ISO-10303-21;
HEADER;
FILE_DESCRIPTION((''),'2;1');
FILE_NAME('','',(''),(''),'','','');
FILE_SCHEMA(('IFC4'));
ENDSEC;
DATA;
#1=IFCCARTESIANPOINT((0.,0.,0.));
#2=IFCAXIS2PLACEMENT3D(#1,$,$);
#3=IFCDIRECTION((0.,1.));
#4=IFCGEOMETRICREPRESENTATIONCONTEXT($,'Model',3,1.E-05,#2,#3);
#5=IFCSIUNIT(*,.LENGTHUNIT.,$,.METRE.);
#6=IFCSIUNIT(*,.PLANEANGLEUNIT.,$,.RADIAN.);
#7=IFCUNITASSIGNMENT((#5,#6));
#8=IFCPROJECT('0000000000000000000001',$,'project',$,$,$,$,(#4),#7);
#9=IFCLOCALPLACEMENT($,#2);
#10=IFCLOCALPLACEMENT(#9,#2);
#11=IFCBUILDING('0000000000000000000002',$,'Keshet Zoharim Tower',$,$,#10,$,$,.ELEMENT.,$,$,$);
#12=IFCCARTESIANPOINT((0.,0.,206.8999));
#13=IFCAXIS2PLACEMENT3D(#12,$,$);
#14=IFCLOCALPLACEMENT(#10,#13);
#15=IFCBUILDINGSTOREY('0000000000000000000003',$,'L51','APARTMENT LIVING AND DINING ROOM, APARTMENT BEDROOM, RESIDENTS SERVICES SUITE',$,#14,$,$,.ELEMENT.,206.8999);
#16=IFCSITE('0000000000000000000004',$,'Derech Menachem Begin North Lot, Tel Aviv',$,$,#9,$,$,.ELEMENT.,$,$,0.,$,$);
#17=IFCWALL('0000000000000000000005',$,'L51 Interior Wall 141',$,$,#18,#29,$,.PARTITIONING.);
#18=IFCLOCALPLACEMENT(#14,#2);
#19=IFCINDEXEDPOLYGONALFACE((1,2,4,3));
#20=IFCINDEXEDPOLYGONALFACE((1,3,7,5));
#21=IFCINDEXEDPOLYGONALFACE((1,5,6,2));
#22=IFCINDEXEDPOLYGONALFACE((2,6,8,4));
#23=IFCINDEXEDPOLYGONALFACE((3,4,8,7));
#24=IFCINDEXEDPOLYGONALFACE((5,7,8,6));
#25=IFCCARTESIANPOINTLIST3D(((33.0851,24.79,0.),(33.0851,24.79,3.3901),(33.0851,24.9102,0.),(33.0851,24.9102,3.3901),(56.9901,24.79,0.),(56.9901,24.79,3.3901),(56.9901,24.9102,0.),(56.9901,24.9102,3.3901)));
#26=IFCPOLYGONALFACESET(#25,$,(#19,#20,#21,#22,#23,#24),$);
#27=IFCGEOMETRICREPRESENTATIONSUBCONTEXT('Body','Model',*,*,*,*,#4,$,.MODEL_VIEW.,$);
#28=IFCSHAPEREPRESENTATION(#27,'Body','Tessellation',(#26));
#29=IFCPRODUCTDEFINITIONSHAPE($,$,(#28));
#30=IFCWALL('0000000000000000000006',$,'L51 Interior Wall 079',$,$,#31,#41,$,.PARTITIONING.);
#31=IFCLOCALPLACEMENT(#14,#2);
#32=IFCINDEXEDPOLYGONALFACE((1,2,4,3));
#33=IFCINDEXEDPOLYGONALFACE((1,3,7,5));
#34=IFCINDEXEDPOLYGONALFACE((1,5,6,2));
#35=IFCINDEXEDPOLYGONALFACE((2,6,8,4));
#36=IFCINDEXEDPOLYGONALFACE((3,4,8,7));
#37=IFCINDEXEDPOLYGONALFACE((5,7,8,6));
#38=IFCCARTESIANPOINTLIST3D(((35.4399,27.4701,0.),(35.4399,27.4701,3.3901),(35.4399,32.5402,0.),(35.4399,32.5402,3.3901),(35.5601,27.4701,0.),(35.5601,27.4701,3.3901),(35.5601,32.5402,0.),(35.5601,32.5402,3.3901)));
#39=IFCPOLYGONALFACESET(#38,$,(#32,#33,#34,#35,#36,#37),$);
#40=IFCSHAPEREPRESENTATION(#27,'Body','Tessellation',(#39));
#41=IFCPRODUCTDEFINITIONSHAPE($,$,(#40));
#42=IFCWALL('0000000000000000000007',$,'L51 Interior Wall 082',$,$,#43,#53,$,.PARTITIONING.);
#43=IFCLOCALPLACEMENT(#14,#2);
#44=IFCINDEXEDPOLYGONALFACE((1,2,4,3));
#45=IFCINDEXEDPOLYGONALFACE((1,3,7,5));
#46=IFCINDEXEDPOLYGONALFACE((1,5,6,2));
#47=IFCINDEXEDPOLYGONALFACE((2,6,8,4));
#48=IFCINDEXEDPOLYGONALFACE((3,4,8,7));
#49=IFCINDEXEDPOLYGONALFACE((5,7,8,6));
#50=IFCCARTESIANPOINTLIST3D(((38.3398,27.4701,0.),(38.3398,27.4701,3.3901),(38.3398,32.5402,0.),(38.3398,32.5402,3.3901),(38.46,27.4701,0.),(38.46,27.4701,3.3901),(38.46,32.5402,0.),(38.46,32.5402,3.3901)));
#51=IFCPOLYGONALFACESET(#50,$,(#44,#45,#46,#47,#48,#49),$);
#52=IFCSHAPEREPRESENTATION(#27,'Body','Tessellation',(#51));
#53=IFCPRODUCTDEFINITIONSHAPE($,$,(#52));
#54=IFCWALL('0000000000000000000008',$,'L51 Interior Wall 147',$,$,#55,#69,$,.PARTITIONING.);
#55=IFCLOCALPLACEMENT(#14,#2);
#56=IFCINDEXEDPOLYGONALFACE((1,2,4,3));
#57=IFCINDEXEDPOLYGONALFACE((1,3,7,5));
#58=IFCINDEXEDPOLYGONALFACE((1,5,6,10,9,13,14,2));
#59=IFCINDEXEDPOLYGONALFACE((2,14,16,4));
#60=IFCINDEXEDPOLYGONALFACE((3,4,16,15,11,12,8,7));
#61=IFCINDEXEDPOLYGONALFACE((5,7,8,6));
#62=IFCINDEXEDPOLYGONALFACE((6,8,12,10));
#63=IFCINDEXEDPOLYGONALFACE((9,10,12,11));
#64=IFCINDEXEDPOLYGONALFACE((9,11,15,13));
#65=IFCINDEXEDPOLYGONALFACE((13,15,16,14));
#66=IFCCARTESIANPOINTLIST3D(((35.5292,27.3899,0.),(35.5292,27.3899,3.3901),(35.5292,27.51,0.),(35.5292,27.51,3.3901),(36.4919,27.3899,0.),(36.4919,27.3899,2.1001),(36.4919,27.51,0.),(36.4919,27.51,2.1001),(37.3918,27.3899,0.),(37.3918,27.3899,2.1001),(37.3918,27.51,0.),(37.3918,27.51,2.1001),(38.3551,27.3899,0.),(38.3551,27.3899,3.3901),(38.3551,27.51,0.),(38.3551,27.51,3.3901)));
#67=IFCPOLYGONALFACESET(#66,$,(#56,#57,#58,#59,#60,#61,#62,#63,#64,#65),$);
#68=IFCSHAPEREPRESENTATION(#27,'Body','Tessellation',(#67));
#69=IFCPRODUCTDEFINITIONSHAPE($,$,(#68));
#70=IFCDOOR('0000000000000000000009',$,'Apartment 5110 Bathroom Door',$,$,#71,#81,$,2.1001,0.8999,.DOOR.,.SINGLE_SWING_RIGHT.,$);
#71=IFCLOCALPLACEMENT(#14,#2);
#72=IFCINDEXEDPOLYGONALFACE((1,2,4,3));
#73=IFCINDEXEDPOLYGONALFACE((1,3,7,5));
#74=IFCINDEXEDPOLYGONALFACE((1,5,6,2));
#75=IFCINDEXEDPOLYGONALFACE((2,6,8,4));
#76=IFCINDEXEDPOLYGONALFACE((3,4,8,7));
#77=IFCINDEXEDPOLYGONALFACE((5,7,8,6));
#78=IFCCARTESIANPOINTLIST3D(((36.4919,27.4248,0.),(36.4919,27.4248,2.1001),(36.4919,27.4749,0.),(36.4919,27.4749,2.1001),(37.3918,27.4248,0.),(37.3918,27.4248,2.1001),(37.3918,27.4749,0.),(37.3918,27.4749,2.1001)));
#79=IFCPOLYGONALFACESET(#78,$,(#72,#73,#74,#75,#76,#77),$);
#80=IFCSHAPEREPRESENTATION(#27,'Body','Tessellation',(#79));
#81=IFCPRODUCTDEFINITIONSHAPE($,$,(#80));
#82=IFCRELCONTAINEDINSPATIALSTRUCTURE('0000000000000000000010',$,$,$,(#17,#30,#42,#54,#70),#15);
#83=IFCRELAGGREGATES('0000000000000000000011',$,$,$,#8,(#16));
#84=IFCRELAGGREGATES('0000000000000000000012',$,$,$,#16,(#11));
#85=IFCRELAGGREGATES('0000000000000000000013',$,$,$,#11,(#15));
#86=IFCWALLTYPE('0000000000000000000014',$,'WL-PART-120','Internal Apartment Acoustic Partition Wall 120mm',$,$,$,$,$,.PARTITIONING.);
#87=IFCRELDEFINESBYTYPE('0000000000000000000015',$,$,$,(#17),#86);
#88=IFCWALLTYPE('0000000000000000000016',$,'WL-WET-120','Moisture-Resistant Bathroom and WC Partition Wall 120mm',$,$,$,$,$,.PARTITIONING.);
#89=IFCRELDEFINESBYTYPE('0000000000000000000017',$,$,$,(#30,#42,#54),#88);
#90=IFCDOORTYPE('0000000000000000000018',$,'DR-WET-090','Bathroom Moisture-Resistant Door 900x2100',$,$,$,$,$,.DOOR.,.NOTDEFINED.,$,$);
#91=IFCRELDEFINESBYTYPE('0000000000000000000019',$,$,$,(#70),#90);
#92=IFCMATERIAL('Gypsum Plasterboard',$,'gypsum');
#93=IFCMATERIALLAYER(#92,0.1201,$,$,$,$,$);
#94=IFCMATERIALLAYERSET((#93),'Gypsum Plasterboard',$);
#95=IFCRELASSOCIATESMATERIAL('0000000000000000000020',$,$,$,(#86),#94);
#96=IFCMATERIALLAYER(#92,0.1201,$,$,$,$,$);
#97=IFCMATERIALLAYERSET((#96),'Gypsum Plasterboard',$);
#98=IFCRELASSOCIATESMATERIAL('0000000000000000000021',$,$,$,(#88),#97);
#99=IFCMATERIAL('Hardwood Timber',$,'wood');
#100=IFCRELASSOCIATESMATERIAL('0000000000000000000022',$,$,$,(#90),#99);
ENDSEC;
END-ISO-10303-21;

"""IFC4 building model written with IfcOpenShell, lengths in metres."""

from ifc_helpers import new_model, si_unit, direction, frame, frame_2d, origin, place, context, subcontext, project, spatial, rectangle, extrude, material, layer, layer_set, type_object, element, fill, save


model = new_model("IFC4")

# Units and contexts
model_context = context("Model", 3, precision=1e-05, world=origin(), true_north=direction((0.0, 1.0)))
body_context = subcontext(model_context, "Body", "Model", "MODEL_VIEW")
ifc_project = project(units=[si_unit("LENGTHUNIT", "METRE"), si_unit("PLANEANGLEUNIT", "RADIAN")], contexts=[model_context])

# Site, building, storey
site_placement = place(None, origin())
site = spatial("IfcSite", under=ifc_project, at=site_placement, Name="Derech Menachem Begin North Lot, Tel Aviv", CompositionType="ELEMENT", RefElevation=0.0)
building_placement = place(site_placement, origin())
building = spatial("IfcBuilding", under=site, at=building_placement, Name="Keshet Zoharim Tower", CompositionType="ELEMENT")
storey_placement = place(building_placement, frame((0.0, 0.0, 206.8999)))
storey = spatial("IfcBuildingStorey", under=building, at=storey_placement, Name="L51", Description="APARTMENT LIVING AND DINING ROOM, APARTMENT BEDROOM, RESIDENTS SERVICES SUITE", CompositionType="ELEMENT", Elevation=206.8999)

# Shared definitions
ifc_material_1 = material(Name="Gypsum Plasterboard", Category="gypsum")
ifc_material_2 = material(Name="Hardwood Timber", Category="wood")

# Wall
ifc_layer_1 = layer(ifc_material_1, 0.1201)
ifc_layer_set_1 = layer_set([ifc_layer_1], Name="Gypsum Plasterboard")
wall_type_1 = type_object("IfcWallType", Name="WL-PART-120", Description="Internal Apartment Acoustic Partition Wall 120mm", PredefinedType="PARTITIONING", material=ifc_layer_set_1)
wall_1_placement = place(storey_placement, frame((33.085, 24.8501, 0.0), z_axis=(0.0, 0.0, 1.0), x_axis=(1.0, 0.0, 0.0)))
element("IfcWall", 1, at=wall_1_placement, inside=storey, type_object=wall_type_1, Name="L51 Interior Wall 141", PredefinedType="PARTITIONING", context=body_context, shape_type="SweptSolid", body=[
    extrude(rectangle(XDim=23.905, YDim=0.1201, at=frame_2d((11.9526, 0.0))), origin(), (0.0, 0.0, 1.0), 3.3901),
])

# Walls
ifc_layer_2 = layer(ifc_material_1, 0.1201)
ifc_layer_set_2 = layer_set([ifc_layer_2], Name="Gypsum Plasterboard")
wall_type_2 = type_object("IfcWallType", Name="WL-WET-120", Description="Moisture-Resistant Bathroom and WC Partition Wall 120mm", PredefinedType="PARTITIONING", material=ifc_layer_set_2)
for number, where, z_axis, x_axis, name in (
    (2, (35.5, 27.47, 0.0), (0.0, 0.0, 1.0), (0.0, 1.0, 0.0), "L51 Interior Wall 079"),
    (3, (38.3999, 27.47, 0.0), (0.0, 0.0, 1.0), (0.0, 1.0, 0.0), "L51 Interior Wall 082"),
):
    element("IfcWall", number, at=place(storey_placement, frame(where, z_axis=z_axis, x_axis=x_axis)), inside=storey, type_object=wall_type_2, Name=name, PredefinedType="PARTITIONING", context=body_context, shape_type="SweptSolid", body=[
        extrude(rectangle(XDim=5.0701, YDim=0.1201, at=frame_2d((2.5352, 0.0))), origin(), (0.0, 0.0, 1.0), 3.3901),
    ])

# Wall, opening, door
wall_2_placement = place(storey_placement, frame((35.5291, 27.45, 0.0), z_axis=(0.0, 0.0, 1.0), x_axis=(1.0, 0.0, 0.0)))
wall_2 = element("IfcWall", 4, at=wall_2_placement, inside=storey, type_object=wall_type_2, Name="L51 Interior Wall 147", PredefinedType="PARTITIONING", context=body_context, shape_type="SweptSolid", body=[
    extrude(rectangle(XDim=2.8259, YDim=0.1201, at=frame_2d((1.4131, 0.0))), origin(), (0.0, 0.0, 1.0), 3.3901),
])
opening_1_placement = place(wall_2_placement, frame((0.9629, 0.0, 0.0)))
opening_1 = element("IfcOpeningElement", 5, at=opening_1_placement, cuts=wall_2, PredefinedType="OPENING", context=body_context, shape_type="SweptSolid", body=[
    extrude(rectangle(XDim=0.8999, YDim=2.1001, at=frame_2d((0.45, 1.05))), frame((0.0, 0.0701, 0.0), z_axis=(0.0, -1.0, 0.0), x_axis=(1.0, 0.0, 0.0)), (0.0, 0.0, 1.0), 0.1401),
])
door_type_1 = type_object("IfcDoorType", Name="DR-WET-090", Description="Bathroom Moisture-Resistant Door 900x2100", OperationType="NOTDEFINED", PredefinedType="DOOR", material=ifc_material_2)
door_1_placement = place(opening_1_placement, origin())
door_1 = element("IfcDoor", 6, at=door_1_placement, inside=storey, type_object=door_type_1, Name="Apartment 5110 Bathroom Door", OperationType="SINGLE_SWING_RIGHT", OverallHeight=2.1001, OverallWidth=0.8999, PredefinedType="DOOR", context=body_context, shape_type="SweptSolid", body=[
    extrude(rectangle(XDim=0.8999, YDim=2.1001, at=frame_2d((0.45, 1.05))), frame((0.0, 0.0249, 0.0), z_axis=(0.0, -1.0, 0.0), x_axis=(1.0, 0.0, 0.0)), (0.0, 0.0, 1.0), 0.05),
])
fill(opening_1, door_1)

save(model, "model.ifc")
